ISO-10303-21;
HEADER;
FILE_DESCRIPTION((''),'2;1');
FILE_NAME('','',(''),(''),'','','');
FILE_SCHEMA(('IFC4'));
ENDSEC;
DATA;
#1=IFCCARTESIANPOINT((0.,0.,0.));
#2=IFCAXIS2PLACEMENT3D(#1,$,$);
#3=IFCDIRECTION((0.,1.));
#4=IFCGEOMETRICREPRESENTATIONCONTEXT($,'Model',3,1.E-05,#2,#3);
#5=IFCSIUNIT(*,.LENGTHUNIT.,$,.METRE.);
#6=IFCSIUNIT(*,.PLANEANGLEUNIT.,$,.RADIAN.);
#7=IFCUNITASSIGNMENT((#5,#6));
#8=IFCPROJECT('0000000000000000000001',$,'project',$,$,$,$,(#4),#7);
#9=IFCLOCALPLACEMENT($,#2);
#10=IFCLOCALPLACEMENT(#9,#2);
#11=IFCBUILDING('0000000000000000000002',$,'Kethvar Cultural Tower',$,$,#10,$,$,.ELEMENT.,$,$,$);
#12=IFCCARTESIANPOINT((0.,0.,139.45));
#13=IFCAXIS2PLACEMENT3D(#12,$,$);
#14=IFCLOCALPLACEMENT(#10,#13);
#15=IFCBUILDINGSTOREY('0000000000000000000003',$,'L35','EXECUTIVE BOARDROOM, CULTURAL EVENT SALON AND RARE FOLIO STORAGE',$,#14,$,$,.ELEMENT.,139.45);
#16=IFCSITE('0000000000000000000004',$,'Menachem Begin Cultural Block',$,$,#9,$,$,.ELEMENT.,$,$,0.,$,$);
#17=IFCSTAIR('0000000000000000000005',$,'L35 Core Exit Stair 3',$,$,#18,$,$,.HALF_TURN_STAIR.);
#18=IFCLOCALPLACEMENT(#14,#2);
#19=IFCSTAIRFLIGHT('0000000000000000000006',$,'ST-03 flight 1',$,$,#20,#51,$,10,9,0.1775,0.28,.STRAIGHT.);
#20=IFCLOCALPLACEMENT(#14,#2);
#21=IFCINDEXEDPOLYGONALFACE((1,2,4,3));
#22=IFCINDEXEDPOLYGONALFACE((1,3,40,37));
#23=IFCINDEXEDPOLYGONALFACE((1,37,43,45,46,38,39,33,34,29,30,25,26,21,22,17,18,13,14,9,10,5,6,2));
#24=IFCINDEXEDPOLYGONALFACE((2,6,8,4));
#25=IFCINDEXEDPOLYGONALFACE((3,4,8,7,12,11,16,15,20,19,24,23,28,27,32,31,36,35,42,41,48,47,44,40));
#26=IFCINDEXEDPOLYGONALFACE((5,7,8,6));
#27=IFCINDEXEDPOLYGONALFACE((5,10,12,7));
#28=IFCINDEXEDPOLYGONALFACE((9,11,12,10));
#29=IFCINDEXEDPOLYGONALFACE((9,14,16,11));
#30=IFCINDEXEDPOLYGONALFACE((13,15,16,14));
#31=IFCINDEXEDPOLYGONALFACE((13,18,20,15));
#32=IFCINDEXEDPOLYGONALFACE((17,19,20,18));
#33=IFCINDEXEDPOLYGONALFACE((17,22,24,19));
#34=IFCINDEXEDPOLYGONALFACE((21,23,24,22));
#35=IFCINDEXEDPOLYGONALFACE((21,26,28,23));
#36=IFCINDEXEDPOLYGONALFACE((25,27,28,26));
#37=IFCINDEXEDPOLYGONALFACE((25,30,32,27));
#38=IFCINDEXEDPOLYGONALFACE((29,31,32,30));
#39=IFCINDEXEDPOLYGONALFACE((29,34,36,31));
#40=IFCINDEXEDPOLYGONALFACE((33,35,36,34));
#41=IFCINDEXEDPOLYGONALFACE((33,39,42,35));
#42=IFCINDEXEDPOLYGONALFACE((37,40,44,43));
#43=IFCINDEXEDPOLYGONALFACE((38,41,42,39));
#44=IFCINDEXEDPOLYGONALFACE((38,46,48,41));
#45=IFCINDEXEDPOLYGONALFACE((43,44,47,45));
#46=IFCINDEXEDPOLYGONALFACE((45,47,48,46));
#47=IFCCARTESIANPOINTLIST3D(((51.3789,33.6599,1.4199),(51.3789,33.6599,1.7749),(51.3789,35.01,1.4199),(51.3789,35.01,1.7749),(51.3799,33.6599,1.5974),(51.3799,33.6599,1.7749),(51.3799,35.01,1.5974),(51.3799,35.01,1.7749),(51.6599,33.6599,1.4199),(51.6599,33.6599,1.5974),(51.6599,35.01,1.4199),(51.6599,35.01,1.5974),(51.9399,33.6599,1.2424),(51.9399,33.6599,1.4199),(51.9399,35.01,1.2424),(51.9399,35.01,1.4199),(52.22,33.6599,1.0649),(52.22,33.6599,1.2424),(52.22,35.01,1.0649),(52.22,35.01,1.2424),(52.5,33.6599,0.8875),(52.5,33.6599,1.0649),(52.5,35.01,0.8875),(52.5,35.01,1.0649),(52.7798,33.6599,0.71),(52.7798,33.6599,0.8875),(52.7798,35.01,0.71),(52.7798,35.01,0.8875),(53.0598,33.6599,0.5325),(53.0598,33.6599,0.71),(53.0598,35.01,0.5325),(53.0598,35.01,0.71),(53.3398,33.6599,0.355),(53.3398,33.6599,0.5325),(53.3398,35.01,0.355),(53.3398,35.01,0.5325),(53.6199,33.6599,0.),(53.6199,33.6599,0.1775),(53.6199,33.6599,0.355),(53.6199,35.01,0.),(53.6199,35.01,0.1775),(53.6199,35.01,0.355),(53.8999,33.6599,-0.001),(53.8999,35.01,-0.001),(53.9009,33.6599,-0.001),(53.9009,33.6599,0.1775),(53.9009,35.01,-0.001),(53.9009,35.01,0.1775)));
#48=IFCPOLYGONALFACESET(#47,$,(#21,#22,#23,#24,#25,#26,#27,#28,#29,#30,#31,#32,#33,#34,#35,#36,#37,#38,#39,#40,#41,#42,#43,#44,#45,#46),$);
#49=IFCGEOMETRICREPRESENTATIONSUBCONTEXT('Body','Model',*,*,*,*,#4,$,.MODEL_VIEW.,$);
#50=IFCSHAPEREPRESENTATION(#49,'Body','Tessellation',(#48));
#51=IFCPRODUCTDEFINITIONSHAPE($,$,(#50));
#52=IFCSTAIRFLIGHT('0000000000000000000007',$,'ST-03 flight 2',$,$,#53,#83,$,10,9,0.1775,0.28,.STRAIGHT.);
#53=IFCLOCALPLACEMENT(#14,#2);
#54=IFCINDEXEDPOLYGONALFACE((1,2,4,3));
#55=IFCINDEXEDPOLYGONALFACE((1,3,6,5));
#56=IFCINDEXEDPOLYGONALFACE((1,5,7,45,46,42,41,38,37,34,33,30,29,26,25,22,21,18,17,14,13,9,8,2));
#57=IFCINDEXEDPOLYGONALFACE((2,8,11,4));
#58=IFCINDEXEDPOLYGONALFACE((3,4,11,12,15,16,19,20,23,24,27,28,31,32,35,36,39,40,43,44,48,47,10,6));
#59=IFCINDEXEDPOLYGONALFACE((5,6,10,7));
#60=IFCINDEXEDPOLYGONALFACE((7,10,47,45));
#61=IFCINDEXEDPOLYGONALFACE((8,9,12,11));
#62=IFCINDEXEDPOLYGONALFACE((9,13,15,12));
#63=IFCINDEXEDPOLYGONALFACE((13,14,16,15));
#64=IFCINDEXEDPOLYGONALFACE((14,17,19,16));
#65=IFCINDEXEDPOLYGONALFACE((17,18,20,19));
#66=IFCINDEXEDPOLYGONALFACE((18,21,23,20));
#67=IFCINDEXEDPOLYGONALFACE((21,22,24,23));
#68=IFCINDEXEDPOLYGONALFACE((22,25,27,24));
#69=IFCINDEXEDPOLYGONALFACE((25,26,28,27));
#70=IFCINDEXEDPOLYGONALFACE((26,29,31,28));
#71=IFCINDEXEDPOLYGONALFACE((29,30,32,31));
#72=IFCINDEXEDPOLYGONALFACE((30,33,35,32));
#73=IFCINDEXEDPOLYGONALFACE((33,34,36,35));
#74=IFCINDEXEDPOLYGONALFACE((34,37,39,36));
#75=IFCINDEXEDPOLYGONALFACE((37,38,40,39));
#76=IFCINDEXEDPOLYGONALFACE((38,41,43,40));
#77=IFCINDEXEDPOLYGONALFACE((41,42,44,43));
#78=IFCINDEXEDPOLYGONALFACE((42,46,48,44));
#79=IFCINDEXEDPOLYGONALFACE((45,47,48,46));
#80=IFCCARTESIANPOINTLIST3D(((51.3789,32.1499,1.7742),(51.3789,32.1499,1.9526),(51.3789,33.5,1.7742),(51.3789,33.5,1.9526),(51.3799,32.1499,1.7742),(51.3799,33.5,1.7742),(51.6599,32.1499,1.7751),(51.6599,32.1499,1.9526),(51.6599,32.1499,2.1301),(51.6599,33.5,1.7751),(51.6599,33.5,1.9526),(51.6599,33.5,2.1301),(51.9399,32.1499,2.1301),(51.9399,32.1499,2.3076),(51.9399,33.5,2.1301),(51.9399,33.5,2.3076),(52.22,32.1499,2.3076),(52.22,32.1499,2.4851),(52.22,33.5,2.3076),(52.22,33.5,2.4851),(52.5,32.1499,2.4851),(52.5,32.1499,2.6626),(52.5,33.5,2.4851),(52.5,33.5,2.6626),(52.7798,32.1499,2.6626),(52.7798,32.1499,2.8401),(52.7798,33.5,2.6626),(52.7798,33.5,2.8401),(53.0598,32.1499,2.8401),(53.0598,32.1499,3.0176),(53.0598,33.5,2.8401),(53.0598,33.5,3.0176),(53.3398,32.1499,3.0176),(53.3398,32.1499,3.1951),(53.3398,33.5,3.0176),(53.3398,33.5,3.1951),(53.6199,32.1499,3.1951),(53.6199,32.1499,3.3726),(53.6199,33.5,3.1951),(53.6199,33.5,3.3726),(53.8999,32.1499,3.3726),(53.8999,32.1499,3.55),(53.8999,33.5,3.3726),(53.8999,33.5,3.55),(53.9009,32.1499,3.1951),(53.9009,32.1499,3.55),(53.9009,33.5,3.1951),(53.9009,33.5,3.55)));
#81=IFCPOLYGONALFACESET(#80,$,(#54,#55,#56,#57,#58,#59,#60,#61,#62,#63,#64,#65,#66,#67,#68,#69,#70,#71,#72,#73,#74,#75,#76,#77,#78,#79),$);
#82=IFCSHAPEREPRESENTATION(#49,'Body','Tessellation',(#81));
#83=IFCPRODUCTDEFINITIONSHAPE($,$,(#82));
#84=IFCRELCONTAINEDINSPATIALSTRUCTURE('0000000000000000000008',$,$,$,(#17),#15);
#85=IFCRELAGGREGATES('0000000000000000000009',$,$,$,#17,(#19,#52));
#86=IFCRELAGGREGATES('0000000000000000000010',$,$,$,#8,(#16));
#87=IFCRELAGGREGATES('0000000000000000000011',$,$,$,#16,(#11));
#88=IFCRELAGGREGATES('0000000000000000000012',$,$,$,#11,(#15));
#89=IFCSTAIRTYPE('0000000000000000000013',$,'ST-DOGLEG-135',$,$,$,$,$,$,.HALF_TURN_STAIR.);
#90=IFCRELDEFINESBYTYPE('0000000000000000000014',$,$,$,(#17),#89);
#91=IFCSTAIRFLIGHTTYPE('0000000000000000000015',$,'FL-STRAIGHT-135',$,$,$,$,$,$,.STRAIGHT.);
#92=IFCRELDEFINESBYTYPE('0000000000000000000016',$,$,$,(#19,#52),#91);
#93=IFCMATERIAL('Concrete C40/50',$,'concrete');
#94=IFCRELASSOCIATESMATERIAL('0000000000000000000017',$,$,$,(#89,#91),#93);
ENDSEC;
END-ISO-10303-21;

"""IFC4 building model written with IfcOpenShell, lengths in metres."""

from ifc_helpers import new_model, si_unit, direction, frame, origin, place, context, subcontext, project, spatial, polyline, outline, extrude, material, type_object, element, aggregate, save


model = new_model("IFC4")

# Units and contexts
model_context = context("Model", 3, precision=1e-05, world=origin(), true_north=direction((0.0, 1.0)))
body_context = subcontext(model_context, "Body", "Model", "MODEL_VIEW")
ifc_project = project(units=[si_unit("LENGTHUNIT", "METRE"), si_unit("PLANEANGLEUNIT", "RADIAN")], contexts=[model_context])

# Site, building, storey
site_placement = place(None, origin())
site = spatial("IfcSite", under=ifc_project, at=site_placement, Name="Menachem Begin Cultural Block", CompositionType="ELEMENT", RefElevation=0.0)
building_placement = place(site_placement, origin())
building = spatial("IfcBuilding", under=site, at=building_placement, Name="Kethvar Cultural Tower", CompositionType="ELEMENT")
storey_placement = place(building_placement, frame((0.0, 0.0, 139.45)))
storey = spatial("IfcBuildingStorey", under=building, at=storey_placement, Name="L35", Description="EXECUTIVE BOARDROOM, CULTURAL EVENT SALON AND RARE FOLIO STORAGE", CompositionType="ELEMENT", Elevation=139.45)

# Shared definitions
ifc_material_1 = material(Name="Concrete C40/50", Category="concrete")

# Stair, stair flights
stair_type = type_object("IfcStairType", Name="ST-DOGLEG-135", PredefinedType="HALF_TURN_STAIR", material=ifc_material_1)
stair_placement = place(storey_placement, origin())
stair = element("IfcStair", 1, at=stair_placement, inside=storey, type_object=stair_type, Name="L35 Core Exit Stair 3", PredefinedType="HALF_TURN_STAIR")
stair_flight_type = type_object("IfcStairFlightType", Name="FL-STRAIGHT-135", PredefinedType="STRAIGHT", material=ifc_material_1)
stair_flight_1_placement = place(storey_placement, frame((53.8999, 34.335, 0.0), z_axis=(0.0, 0.0, 1.0), x_axis=(-1.0, 0.0, 0.0)))
stair_flight_1 = element("IfcStairFlight", 2, at=stair_flight_1_placement, type_object=stair_flight_type, Name="ST-03 flight 1", NumberOfRisers=10, NumberOfTreads=9, PredefinedType="STRAIGHT", RiserHeight=0.1775, TreadLength=0.28, context=body_context, shape_type="SweptSolid", body=[
    extrude(outline(polyline([(-0.001, -0.001), (-0.001, 0.1775), (0.28, 0.1775), (0.28, 0.355), (0.5601, 0.355), (0.5601, 0.5325), (0.8401, 0.5325), (0.8401, 0.71), (1.1201, 0.71), (1.1201, 0.8875), (1.3999, 0.8875), (1.3999, 1.0649), (1.6799, 1.0649), (1.6799, 1.2424), (1.96, 1.2424), (1.96, 1.4199), (2.24, 1.4199), (2.24, 1.5974), (2.52, 1.5974), (2.52, 1.7749), (2.521, 1.7749), (2.521, 1.4199), (0.28, 0.0), (0.0, -0.001), (-0.001, -0.001)])), frame((0.0, 0.675, 0.0), z_axis=(0.0, -1.0, 0.0), x_axis=(1.0, 0.0, 0.0)), (0.0, 0.0, 1.0), 1.3501),
])
stair_flight_2_placement = place(storey_placement, frame((51.3799, 32.825, 1.7751), z_axis=(0.0, 0.0, 1.0), x_axis=(1.0, 0.0, 0.0)))
stair_flight_2 = element("IfcStairFlight", 3, at=stair_flight_2_placement, type_object=stair_flight_type, Name="ST-03 flight 2", NumberOfRisers=10, NumberOfTreads=9, PredefinedType="STRAIGHT", RiserHeight=0.1775, TreadLength=0.28, context=body_context, shape_type="SweptSolid", body=[
    extrude(outline(polyline([(-0.001, -0.001), (-0.001, 0.1775), (0.28, 0.1775), (0.28, 0.355), (0.5601, 0.355), (0.5601, 0.5325), (0.8401, 0.5325), (0.8401, 0.71), (1.1201, 0.71), (1.1201, 0.8875), (1.3999, 0.8875), (1.3999, 1.0649), (1.6799, 1.0649), (1.6799, 1.2424), (1.96, 1.2424), (1.96, 1.4199), (2.24, 1.4199), (2.24, 1.5974), (2.52, 1.5974), (2.52, 1.7749), (2.521, 1.7749), (2.521, 1.4199), (0.28, 0.0), (0.0, -0.001), (-0.001, -0.001)])), frame((0.0, 0.675, 0.0), z_axis=(0.0, -1.0, 0.0), x_axis=(1.0, 0.0, 0.0)), (0.0, 0.0, 1.0), 1.3501),
])
aggregate(stair, [stair_flight_1, stair_flight_2])

save(model, "model.ifc")
